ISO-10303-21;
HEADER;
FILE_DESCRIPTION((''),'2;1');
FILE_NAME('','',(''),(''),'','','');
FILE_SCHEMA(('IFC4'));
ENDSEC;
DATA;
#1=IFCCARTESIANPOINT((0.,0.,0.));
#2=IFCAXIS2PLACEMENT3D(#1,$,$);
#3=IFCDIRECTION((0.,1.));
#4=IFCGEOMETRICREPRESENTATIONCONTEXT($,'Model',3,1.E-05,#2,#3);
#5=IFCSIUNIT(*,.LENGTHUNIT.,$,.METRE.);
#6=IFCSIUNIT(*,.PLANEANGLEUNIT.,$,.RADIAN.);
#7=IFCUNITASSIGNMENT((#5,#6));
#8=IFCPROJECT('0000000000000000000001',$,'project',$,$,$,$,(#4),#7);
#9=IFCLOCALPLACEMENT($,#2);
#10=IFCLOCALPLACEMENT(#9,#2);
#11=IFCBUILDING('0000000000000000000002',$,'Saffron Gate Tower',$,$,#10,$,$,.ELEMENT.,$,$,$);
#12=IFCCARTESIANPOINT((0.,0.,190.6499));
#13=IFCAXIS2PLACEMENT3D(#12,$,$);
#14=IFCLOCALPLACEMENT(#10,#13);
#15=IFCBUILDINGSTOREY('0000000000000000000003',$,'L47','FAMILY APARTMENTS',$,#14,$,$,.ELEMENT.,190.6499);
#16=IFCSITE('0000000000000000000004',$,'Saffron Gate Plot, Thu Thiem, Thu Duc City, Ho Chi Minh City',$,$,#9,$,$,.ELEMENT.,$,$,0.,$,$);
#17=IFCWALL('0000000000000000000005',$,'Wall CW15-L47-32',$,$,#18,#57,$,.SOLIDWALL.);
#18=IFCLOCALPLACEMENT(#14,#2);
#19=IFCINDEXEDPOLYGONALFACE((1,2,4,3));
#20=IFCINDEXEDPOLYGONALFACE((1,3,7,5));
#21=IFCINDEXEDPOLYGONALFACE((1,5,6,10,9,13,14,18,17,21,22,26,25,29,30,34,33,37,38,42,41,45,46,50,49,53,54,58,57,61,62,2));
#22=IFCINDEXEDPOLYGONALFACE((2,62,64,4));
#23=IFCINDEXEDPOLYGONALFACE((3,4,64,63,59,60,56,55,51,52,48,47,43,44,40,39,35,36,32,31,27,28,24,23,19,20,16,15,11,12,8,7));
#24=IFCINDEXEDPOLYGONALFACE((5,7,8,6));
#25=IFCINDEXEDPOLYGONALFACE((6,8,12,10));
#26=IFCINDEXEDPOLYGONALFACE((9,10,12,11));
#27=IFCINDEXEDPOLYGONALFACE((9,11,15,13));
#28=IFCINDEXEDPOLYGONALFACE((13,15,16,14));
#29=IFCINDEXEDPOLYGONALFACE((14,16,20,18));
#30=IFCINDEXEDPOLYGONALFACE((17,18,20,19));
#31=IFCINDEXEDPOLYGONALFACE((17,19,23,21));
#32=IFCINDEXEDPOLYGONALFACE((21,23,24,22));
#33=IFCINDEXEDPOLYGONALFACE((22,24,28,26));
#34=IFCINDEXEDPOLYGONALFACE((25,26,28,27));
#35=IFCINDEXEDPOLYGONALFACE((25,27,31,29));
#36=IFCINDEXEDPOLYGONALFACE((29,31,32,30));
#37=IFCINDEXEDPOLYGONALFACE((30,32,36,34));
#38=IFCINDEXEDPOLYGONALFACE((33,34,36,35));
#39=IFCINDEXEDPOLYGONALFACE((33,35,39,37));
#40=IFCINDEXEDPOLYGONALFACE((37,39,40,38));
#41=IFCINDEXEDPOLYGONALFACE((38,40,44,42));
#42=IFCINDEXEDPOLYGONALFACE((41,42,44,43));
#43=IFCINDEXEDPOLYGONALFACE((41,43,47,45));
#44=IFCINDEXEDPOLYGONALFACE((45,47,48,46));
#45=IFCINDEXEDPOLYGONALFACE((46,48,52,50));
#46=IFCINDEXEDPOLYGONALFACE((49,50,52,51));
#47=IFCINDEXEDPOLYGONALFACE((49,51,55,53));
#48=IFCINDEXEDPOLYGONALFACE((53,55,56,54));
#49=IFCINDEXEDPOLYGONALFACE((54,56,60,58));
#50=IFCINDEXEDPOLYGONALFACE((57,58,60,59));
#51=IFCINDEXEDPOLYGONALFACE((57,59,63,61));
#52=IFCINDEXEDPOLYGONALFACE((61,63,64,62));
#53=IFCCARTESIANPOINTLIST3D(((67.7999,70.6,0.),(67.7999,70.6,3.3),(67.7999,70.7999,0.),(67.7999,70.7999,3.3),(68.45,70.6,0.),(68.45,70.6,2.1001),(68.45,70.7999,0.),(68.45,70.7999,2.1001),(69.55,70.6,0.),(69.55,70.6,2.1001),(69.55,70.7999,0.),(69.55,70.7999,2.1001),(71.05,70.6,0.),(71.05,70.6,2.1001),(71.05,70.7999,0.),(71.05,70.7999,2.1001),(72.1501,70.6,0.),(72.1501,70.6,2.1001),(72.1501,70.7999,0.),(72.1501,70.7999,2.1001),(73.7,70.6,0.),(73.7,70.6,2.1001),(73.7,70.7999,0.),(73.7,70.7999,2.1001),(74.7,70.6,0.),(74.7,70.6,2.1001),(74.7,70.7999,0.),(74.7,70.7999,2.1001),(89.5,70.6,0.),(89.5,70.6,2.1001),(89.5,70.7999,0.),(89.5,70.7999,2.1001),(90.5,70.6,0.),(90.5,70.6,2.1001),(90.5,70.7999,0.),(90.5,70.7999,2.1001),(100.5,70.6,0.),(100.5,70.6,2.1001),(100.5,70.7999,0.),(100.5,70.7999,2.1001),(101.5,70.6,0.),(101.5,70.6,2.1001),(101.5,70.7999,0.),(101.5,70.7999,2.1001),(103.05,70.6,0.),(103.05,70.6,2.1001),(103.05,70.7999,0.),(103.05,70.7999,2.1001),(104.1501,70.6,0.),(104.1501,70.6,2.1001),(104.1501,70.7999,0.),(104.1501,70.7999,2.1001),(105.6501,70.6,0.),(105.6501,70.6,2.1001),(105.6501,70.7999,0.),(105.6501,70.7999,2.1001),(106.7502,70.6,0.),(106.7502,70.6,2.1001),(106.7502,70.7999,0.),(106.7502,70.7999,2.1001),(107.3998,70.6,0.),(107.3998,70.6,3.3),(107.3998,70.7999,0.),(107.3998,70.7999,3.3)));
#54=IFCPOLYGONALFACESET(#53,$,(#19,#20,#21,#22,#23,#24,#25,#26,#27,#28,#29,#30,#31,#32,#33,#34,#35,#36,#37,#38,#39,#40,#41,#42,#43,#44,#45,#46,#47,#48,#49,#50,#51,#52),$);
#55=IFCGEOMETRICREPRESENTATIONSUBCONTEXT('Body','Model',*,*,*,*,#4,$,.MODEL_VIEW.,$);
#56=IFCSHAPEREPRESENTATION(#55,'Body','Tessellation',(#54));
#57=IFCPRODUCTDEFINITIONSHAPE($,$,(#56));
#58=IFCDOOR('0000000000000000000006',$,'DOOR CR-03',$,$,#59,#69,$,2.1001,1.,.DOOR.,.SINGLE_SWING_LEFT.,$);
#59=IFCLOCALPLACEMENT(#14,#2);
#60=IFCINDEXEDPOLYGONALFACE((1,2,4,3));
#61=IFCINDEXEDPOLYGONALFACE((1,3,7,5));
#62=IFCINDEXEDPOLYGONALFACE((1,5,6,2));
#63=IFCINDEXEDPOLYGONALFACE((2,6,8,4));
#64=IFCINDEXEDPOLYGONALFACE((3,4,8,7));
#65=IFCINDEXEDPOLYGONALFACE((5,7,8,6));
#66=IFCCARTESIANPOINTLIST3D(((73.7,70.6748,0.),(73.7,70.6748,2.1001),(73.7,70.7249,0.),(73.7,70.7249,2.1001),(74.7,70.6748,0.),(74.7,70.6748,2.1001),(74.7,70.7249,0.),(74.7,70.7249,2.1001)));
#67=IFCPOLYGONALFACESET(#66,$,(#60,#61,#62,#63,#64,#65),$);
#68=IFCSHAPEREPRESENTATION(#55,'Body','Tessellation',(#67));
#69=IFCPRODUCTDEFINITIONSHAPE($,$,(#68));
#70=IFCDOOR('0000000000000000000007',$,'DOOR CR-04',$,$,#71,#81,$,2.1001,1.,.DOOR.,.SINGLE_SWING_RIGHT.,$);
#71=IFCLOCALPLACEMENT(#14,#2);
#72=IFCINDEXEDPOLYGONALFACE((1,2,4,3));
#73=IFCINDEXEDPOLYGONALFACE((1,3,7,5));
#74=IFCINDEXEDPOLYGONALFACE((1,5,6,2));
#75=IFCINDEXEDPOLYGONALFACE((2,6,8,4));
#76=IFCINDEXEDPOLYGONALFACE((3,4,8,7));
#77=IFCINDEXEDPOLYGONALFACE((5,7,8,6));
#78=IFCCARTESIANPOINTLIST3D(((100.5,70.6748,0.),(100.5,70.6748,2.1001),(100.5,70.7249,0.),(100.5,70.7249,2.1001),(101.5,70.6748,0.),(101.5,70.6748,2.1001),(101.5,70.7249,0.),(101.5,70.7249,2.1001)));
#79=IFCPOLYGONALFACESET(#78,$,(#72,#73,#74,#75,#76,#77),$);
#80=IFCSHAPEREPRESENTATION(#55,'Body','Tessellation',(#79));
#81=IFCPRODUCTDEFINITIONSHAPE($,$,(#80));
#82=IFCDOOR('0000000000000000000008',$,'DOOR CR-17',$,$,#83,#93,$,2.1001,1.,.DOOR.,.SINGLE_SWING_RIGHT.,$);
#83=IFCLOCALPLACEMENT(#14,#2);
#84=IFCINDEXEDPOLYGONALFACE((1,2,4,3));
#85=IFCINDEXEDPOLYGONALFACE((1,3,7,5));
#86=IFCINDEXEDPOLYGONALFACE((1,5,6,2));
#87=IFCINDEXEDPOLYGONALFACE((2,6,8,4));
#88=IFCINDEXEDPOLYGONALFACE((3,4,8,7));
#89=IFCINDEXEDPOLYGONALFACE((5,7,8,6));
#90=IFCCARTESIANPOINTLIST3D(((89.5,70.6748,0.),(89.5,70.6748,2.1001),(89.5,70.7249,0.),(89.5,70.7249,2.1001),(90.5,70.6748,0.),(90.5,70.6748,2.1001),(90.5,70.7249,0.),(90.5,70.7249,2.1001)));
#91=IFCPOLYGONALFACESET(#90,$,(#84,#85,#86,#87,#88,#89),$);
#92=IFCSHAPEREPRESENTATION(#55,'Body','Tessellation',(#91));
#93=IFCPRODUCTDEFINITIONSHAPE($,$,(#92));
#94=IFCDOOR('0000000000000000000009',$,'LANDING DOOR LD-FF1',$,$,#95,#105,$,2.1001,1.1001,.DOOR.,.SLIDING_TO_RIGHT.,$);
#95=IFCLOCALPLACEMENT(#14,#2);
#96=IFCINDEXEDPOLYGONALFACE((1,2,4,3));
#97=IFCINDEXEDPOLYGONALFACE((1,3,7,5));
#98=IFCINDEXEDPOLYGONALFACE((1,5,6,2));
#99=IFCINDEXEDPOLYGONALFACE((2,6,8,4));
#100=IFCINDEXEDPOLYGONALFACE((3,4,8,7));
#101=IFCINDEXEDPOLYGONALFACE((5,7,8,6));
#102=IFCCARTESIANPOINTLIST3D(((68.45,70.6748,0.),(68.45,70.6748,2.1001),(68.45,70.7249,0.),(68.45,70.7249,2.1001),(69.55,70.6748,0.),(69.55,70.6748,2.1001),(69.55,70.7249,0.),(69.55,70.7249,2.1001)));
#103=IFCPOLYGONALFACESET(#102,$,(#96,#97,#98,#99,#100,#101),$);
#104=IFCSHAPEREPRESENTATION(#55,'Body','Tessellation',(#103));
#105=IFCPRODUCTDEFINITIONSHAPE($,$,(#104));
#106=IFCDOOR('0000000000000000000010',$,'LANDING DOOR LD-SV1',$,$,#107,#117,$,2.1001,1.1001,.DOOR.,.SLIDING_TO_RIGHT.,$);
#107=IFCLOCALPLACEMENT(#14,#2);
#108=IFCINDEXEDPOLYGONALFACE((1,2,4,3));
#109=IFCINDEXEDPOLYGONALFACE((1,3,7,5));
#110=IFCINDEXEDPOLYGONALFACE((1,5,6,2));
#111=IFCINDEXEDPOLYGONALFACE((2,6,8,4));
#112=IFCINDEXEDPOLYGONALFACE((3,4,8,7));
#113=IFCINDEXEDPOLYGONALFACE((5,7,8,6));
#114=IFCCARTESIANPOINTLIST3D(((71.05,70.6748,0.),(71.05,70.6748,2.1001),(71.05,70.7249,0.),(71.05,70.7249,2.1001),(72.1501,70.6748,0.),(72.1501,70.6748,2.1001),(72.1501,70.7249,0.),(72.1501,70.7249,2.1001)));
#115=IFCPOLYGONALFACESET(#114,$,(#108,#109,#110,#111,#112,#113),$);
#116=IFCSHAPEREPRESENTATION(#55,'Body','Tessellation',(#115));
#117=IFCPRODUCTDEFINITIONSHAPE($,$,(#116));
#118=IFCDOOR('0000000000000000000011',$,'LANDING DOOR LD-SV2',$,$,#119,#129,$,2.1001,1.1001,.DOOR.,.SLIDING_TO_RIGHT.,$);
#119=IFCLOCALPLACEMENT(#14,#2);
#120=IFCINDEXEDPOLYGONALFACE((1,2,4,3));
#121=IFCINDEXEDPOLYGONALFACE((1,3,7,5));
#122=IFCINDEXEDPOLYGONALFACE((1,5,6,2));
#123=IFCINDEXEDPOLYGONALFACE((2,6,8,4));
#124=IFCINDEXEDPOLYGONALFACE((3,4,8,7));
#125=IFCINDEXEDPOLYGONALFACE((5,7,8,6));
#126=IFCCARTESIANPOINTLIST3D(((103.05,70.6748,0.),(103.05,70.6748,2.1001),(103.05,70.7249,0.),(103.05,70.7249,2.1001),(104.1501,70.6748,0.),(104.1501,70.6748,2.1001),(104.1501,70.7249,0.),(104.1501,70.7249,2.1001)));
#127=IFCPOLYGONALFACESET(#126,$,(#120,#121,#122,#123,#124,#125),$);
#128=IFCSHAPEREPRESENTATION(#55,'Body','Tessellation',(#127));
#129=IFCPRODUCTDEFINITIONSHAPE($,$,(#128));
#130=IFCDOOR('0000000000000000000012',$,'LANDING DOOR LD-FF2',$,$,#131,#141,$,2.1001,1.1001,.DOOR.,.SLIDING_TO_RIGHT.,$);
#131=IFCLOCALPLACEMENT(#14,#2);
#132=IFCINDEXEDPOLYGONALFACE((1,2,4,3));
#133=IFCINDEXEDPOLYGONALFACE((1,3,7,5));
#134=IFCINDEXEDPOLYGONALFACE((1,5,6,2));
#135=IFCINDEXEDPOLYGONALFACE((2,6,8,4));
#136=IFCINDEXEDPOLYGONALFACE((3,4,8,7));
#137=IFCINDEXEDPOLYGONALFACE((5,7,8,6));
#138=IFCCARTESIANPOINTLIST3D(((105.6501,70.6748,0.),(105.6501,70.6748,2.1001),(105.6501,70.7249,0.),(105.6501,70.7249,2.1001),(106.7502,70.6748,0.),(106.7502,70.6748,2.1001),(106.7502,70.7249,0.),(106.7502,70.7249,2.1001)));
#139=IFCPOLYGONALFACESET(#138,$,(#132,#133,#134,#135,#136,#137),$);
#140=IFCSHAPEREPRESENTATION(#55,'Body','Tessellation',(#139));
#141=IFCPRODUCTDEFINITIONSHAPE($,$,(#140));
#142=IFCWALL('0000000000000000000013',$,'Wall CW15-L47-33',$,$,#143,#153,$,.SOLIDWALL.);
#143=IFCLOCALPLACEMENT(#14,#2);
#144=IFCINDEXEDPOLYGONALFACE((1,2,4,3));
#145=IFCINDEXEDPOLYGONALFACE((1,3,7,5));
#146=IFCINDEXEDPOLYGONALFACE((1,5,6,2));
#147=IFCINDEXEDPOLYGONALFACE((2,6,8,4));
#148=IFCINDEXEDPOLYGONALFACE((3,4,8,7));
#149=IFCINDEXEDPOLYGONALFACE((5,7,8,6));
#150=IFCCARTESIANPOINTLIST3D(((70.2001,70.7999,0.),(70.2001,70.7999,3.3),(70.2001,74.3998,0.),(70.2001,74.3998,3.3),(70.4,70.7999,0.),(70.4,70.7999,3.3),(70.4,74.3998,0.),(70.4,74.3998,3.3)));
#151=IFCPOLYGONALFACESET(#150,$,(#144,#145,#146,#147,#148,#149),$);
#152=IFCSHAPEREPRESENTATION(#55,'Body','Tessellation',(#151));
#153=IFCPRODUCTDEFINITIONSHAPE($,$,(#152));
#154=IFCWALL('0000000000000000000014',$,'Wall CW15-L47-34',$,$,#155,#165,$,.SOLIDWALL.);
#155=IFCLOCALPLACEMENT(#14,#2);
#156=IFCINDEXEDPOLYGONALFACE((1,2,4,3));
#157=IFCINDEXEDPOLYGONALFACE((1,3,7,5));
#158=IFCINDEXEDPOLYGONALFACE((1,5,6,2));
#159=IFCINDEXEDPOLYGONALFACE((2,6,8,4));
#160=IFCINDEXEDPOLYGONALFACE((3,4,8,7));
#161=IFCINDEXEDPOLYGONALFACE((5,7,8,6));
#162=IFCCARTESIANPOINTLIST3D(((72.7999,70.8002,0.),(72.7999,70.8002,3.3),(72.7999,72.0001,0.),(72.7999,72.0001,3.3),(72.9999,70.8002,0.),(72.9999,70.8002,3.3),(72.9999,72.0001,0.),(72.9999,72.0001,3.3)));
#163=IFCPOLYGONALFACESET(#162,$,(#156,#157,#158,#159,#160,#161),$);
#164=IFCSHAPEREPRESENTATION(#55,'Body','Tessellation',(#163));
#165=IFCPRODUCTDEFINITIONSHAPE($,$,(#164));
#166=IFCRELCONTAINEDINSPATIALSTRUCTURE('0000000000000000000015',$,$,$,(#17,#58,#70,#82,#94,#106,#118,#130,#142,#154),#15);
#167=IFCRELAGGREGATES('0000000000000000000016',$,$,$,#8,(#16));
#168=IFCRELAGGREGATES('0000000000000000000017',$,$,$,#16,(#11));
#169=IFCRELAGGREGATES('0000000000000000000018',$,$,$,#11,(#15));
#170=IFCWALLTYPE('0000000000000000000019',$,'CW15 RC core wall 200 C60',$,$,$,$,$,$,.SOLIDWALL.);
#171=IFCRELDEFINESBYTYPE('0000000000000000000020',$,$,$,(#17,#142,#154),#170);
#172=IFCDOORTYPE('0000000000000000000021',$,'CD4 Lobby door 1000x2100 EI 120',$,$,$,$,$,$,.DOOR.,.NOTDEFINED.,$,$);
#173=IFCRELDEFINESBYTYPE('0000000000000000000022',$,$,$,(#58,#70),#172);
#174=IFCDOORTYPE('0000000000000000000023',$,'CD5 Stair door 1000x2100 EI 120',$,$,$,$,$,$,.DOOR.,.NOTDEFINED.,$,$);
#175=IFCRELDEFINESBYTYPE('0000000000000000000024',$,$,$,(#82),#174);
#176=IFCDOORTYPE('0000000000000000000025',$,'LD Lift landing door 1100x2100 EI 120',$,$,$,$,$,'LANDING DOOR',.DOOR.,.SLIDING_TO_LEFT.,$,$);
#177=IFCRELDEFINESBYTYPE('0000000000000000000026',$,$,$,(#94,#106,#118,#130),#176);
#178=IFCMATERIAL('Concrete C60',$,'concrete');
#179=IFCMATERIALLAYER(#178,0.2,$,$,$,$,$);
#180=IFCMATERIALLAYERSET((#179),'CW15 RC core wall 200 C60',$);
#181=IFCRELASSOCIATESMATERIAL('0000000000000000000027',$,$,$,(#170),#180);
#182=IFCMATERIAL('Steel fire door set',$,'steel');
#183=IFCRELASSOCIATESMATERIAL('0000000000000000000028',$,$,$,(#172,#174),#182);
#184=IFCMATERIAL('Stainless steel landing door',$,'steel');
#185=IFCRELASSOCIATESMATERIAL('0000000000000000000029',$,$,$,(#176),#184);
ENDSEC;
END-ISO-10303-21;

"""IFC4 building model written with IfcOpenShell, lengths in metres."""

from ifc_helpers import new_model, si_unit, direction, frame, frame_2d, origin, place, context, subcontext, project, spatial, rectangle, extrude, material, layer, layer_set, type_object, element, fill, save


model = new_model("IFC4")

# Units and contexts
model_context = context("Model", 3, precision=1e-05, world=origin(), true_north=direction((0.0, 1.0)))
body_context = subcontext(model_context, "Body", "Model", "MODEL_VIEW")
ifc_project = project(units=[si_unit("LENGTHUNIT", "METRE"), si_unit("PLANEANGLEUNIT", "RADIAN")], contexts=[model_context])

# Site, building, storey
site_placement = place(None, origin())
site = spatial("IfcSite", under=ifc_project, at=site_placement, Name="Saffron Gate Plot, Thu Thiem, Thu Duc City, Ho Chi Minh City", CompositionType="ELEMENT", RefElevation=0.0)
building_placement = place(site_placement, origin())
building = spatial("IfcBuilding", under=site, at=building_placement, Name="Saffron Gate Tower", CompositionType="ELEMENT")
storey_placement = place(building_placement, frame((0.0, 0.0, 190.6499)))
storey = spatial("IfcBuildingStorey", under=building, at=storey_placement, Name="L47", Description="FAMILY APARTMENTS", CompositionType="ELEMENT", Elevation=190.6499)

# Wall, openings, doors
ifc_material_1 = material(Name="Concrete C60", Category="concrete")
ifc_layer = layer(ifc_material_1, 0.2)
ifc_layer_set = layer_set([ifc_layer], Name="CW15 RC core wall 200 C60")
wall_type = type_object("IfcWallType", Name="CW15 RC core wall 200 C60", PredefinedType="SOLIDWALL", material=ifc_layer_set)
wall_1_placement = place(storey_placement, frame((67.8, 70.7, 0.0), z_axis=(0.0, 0.0, 1.0), x_axis=(1.0, 0.0, 0.0)))
wall_1 = element("IfcWall", 1, at=wall_1_placement, inside=storey, type_object=wall_type, Name="Wall CW15-L47-32", PredefinedType="SOLIDWALL", context=body_context, shape_type="SweptSolid", body=[
    extrude(rectangle(XDim=39.5999, YDim=0.2, at=frame_2d((19.7998, 0.0))), origin(), (0.0, 0.0, 1.0), 3.3),
])
opening_1_placement = place(wall_1_placement, frame((0.6499, 0.0, 0.0)))
opening_1 = element("IfcOpeningElement", 2, at=opening_1_placement, cuts=wall_1, PredefinedType="OPENING", context=body_context, shape_type="SweptSolid", body=[
    extrude(rectangle(XDim=1.1001, YDim=2.1001, at=frame_2d((0.55, 1.05))), frame((0.0, 0.1099, 0.0), z_axis=(0.0, -1.0, 0.0), x_axis=(1.0, 0.0, 0.0)), (0.0, 0.0, 1.0), 0.22),
])
opening_2_placement = place(wall_1_placement, frame((3.25, 0.0, 0.0)))
opening_2 = element("IfcOpeningElement", 3, at=opening_2_placement, cuts=wall_1, PredefinedType="OPENING", context=body_context, shape_type="SweptSolid", body=[
    extrude(rectangle(XDim=1.1001, YDim=2.1001, at=frame_2d((0.55, 1.05))), frame((0.0, 0.1099, 0.0), z_axis=(0.0, -1.0, 0.0), x_axis=(1.0, 0.0, 0.0)), (0.0, 0.0, 1.0), 0.22),
])
opening_3_placement = place(wall_1_placement, frame((5.8999, 0.0, 0.0)))
opening_3 = element("IfcOpeningElement", 4, at=opening_3_placement, cuts=wall_1, PredefinedType="OPENING", context=body_context, shape_type="SweptSolid", body=[
    extrude(rectangle(XDim=1.0, YDim=2.1001, at=frame_2d((0.5, 1.05))), frame((0.0, 0.1099, 0.0), z_axis=(0.0, -1.0, 0.0), x_axis=(1.0, 0.0, 0.0)), (0.0, 0.0, 1.0), 0.22),
])
opening_4_placement = place(wall_1_placement, frame((21.7, 0.0, 0.0)))
opening_4 = element("IfcOpeningElement", 5, at=opening_4_placement, cuts=wall_1, PredefinedType="OPENING", context=body_context, shape_type="SweptSolid", body=[
    extrude(rectangle(XDim=1.0, YDim=2.1001, at=frame_2d((0.5, 1.05))), frame((0.0, 0.1099, 0.0), z_axis=(0.0, -1.0, 0.0), x_axis=(1.0, 0.0, 0.0)), (0.0, 0.0, 1.0), 0.22),
])
opening_5_placement = place(wall_1_placement, frame((32.7, 0.0, 0.0)))
opening_5 = element("IfcOpeningElement", 6, at=opening_5_placement, cuts=wall_1, PredefinedType="OPENING", context=body_context, shape_type="SweptSolid", body=[
    extrude(rectangle(XDim=1.0, YDim=2.1001, at=frame_2d((0.5, 1.05))), frame((0.0, 0.1099, 0.0), z_axis=(0.0, -1.0, 0.0), x_axis=(1.0, 0.0, 0.0)), (0.0, 0.0, 1.0), 0.22),
])
opening_6_placement = place(wall_1_placement, frame((35.25, 0.0, 0.0)))
opening_6 = element("IfcOpeningElement", 7, at=opening_6_placement, cuts=wall_1, PredefinedType="OPENING", context=body_context, shape_type="SweptSolid", body=[
    extrude(rectangle(XDim=1.1001, YDim=2.1001, at=frame_2d((0.55, 1.05))), frame((0.0, 0.1099, 0.0), z_axis=(0.0, -1.0, 0.0), x_axis=(1.0, 0.0, 0.0)), (0.0, 0.0, 1.0), 0.22),
])
opening_7_placement = place(wall_1_placement, frame((37.8501, 0.0, 0.0)))
opening_7 = element("IfcOpeningElement", 8, at=opening_7_placement, cuts=wall_1, PredefinedType="OPENING", context=body_context, shape_type="SweptSolid", body=[
    extrude(rectangle(XDim=1.1001, YDim=2.1001, at=frame_2d((0.55, 1.05))), frame((0.0, 0.1099, 0.0), z_axis=(0.0, -1.0, 0.0), x_axis=(1.0, 0.0, 0.0)), (0.0, 0.0, 1.0), 0.22),
])
ifc_material_2 = material(Name="Steel fire door set", Category="steel")
door_type_1 = type_object("IfcDoorType", Name="CD4 Lobby door 1000x2100 EI 120", OperationType="NOTDEFINED", PredefinedType="DOOR", material=ifc_material_2)
door_1_placement = place(opening_3_placement, origin())
door_1 = element("IfcDoor", 9, at=door_1_placement, inside=storey, type_object=door_type_1, Name="DOOR CR-03", OperationType="SINGLE_SWING_LEFT", OverallHeight=2.1001, OverallWidth=1.0, PredefinedType="DOOR", context=body_context, shape_type="SweptSolid", body=[
    extrude(rectangle(XDim=1.0, YDim=2.1001, at=frame_2d((0.5, 1.05))), frame((0.0, 0.0249, 0.0), z_axis=(0.0, -1.0, 0.0), x_axis=(1.0, 0.0, 0.0)), (0.0, 0.0, 1.0), 0.05),
])
fill(opening_3, door_1)
door_2_placement = place(opening_5_placement, origin())
door_2 = element("IfcDoor", 10, at=door_2_placement, inside=storey, type_object=door_type_1, Name="DOOR CR-04", OperationType="SINGLE_SWING_RIGHT", OverallHeight=2.1001, OverallWidth=1.0, PredefinedType="DOOR", context=body_context, shape_type="SweptSolid", body=[
    extrude(rectangle(XDim=1.0, YDim=2.1001, at=frame_2d((0.5, 1.05))), frame((0.0, 0.0249, 0.0), z_axis=(0.0, -1.0, 0.0), x_axis=(1.0, 0.0, 0.0)), (0.0, 0.0, 1.0), 0.05),
])
fill(opening_5, door_2)
door_type_2 = type_object("IfcDoorType", Name="CD5 Stair door 1000x2100 EI 120", OperationType="NOTDEFINED", PredefinedType="DOOR", material=ifc_material_2)
door_3_placement = place(opening_4_placement, origin())
door_3 = element("IfcDoor", 11, at=door_3_placement, inside=storey, type_object=door_type_2, Name="DOOR CR-17", OperationType="SINGLE_SWING_RIGHT", OverallHeight=2.1001, OverallWidth=1.0, PredefinedType="DOOR", context=body_context, shape_type="SweptSolid", body=[
    extrude(rectangle(XDim=1.0, YDim=2.1001, at=frame_2d((0.5, 1.05))), frame((0.0, 0.0249, 0.0), z_axis=(0.0, -1.0, 0.0), x_axis=(1.0, 0.0, 0.0)), (0.0, 0.0, 1.0), 0.05),
])
fill(opening_4, door_3)
ifc_material_3 = material(Name="Stainless steel landing door", Category="steel")
door_type_3 = type_object("IfcDoorType", Name="LD Lift landing door 1100x2100 EI 120", ElementType="LANDING DOOR", OperationType="SLIDING_TO_LEFT", PredefinedType="DOOR", material=ifc_material_3)
door_4_placement = place(opening_1_placement, origin())
door_4 = element("IfcDoor", 12, at=door_4_placement, inside=storey, type_object=door_type_3, Name="LANDING DOOR LD-FF1", OperationType="SLIDING_TO_RIGHT", OverallHeight=2.1001, OverallWidth=1.1001, PredefinedType="DOOR", context=body_context, shape_type="SweptSolid", body=[
    extrude(rectangle(XDim=1.1001, YDim=2.1001, at=frame_2d((0.55, 1.05))), frame((0.0, 0.0249, 0.0), z_axis=(0.0, -1.0, 0.0), x_axis=(1.0, 0.0, 0.0)), (0.0, 0.0, 1.0), 0.05),
])
fill(opening_1, door_4)
door_5_placement = place(opening_2_placement, origin())
door_5 = element("IfcDoor", 13, at=door_5_placement, inside=storey, type_object=door_type_3, Name="LANDING DOOR LD-SV1", OperationType="SLIDING_TO_RIGHT", OverallHeight=2.1001, OverallWidth=1.1001, PredefinedType="DOOR", context=body_context, shape_type="SweptSolid", body=[
    extrude(rectangle(XDim=1.1001, YDim=2.1001, at=frame_2d((0.55, 1.05))), frame((0.0, 0.0249, 0.0), z_axis=(0.0, -1.0, 0.0), x_axis=(1.0, 0.0, 0.0)), (0.0, 0.0, 1.0), 0.05),
])
fill(opening_2, door_5)
door_6_placement = place(opening_6_placement, origin())
door_6 = element("IfcDoor", 14, at=door_6_placement, inside=storey, type_object=door_type_3, Name="LANDING DOOR LD-SV2", OperationType="SLIDING_TO_RIGHT", OverallHeight=2.1001, OverallWidth=1.1001, PredefinedType="DOOR", context=body_context, shape_type="SweptSolid", body=[
    extrude(rectangle(XDim=1.1001, YDim=2.1001, at=frame_2d((0.55, 1.05))), frame((0.0, 0.0249, 0.0), z_axis=(0.0, -1.0, 0.0), x_axis=(1.0, 0.0, 0.0)), (0.0, 0.0, 1.0), 0.05),
])
fill(opening_6, door_6)
door_7_placement = place(opening_7_placement, origin())
door_7 = element("IfcDoor", 15, at=door_7_placement, inside=storey, type_object=door_type_3, Name="LANDING DOOR LD-FF2", OperationType="SLIDING_TO_RIGHT", OverallHeight=2.1001, OverallWidth=1.1001, PredefinedType="DOOR", context=body_context, shape_type="SweptSolid", body=[
    extrude(rectangle(XDim=1.1001, YDim=2.1001, at=frame_2d((0.55, 1.05))), frame((0.0, 0.0249, 0.0), z_axis=(0.0, -1.0, 0.0), x_axis=(1.0, 0.0, 0.0)), (0.0, 0.0, 1.0), 0.05),
])
fill(opening_7, door_7)

# Walls
wall_2_placement = place(storey_placement, frame((70.3, 70.8, 0.0), z_axis=(0.0, 0.0, 1.0), x_axis=(0.0, 1.0, 0.0)))
element("IfcWall", 16, at=wall_2_placement, inside=storey, type_object=wall_type, Name="Wall CW15-L47-33", PredefinedType="SOLIDWALL", context=body_context, shape_type="SweptSolid", body=[
    extrude(rectangle(XDim=3.5999, YDim=0.2, at=frame_2d((1.7998, 0.0))), origin(), (0.0, 0.0, 1.0), 3.3),
])
wall_3_placement = place(storey_placement, frame((72.8999, 70.8, 0.0), z_axis=(0.0, 0.0, 1.0), x_axis=(0.0, 1.0, 0.0)))
element("IfcWall", 17, at=wall_3_placement, inside=storey, type_object=wall_type, Name="Wall CW15-L47-34", PredefinedType="SOLIDWALL", context=body_context, shape_type="SweptSolid", body=[
    extrude(rectangle(XDim=1.2, YDim=0.2, at=frame_2d((0.6001, 0.0))), origin(), (0.0, 0.0, 1.0), 3.3),
])

save(model, "model.ifc")
